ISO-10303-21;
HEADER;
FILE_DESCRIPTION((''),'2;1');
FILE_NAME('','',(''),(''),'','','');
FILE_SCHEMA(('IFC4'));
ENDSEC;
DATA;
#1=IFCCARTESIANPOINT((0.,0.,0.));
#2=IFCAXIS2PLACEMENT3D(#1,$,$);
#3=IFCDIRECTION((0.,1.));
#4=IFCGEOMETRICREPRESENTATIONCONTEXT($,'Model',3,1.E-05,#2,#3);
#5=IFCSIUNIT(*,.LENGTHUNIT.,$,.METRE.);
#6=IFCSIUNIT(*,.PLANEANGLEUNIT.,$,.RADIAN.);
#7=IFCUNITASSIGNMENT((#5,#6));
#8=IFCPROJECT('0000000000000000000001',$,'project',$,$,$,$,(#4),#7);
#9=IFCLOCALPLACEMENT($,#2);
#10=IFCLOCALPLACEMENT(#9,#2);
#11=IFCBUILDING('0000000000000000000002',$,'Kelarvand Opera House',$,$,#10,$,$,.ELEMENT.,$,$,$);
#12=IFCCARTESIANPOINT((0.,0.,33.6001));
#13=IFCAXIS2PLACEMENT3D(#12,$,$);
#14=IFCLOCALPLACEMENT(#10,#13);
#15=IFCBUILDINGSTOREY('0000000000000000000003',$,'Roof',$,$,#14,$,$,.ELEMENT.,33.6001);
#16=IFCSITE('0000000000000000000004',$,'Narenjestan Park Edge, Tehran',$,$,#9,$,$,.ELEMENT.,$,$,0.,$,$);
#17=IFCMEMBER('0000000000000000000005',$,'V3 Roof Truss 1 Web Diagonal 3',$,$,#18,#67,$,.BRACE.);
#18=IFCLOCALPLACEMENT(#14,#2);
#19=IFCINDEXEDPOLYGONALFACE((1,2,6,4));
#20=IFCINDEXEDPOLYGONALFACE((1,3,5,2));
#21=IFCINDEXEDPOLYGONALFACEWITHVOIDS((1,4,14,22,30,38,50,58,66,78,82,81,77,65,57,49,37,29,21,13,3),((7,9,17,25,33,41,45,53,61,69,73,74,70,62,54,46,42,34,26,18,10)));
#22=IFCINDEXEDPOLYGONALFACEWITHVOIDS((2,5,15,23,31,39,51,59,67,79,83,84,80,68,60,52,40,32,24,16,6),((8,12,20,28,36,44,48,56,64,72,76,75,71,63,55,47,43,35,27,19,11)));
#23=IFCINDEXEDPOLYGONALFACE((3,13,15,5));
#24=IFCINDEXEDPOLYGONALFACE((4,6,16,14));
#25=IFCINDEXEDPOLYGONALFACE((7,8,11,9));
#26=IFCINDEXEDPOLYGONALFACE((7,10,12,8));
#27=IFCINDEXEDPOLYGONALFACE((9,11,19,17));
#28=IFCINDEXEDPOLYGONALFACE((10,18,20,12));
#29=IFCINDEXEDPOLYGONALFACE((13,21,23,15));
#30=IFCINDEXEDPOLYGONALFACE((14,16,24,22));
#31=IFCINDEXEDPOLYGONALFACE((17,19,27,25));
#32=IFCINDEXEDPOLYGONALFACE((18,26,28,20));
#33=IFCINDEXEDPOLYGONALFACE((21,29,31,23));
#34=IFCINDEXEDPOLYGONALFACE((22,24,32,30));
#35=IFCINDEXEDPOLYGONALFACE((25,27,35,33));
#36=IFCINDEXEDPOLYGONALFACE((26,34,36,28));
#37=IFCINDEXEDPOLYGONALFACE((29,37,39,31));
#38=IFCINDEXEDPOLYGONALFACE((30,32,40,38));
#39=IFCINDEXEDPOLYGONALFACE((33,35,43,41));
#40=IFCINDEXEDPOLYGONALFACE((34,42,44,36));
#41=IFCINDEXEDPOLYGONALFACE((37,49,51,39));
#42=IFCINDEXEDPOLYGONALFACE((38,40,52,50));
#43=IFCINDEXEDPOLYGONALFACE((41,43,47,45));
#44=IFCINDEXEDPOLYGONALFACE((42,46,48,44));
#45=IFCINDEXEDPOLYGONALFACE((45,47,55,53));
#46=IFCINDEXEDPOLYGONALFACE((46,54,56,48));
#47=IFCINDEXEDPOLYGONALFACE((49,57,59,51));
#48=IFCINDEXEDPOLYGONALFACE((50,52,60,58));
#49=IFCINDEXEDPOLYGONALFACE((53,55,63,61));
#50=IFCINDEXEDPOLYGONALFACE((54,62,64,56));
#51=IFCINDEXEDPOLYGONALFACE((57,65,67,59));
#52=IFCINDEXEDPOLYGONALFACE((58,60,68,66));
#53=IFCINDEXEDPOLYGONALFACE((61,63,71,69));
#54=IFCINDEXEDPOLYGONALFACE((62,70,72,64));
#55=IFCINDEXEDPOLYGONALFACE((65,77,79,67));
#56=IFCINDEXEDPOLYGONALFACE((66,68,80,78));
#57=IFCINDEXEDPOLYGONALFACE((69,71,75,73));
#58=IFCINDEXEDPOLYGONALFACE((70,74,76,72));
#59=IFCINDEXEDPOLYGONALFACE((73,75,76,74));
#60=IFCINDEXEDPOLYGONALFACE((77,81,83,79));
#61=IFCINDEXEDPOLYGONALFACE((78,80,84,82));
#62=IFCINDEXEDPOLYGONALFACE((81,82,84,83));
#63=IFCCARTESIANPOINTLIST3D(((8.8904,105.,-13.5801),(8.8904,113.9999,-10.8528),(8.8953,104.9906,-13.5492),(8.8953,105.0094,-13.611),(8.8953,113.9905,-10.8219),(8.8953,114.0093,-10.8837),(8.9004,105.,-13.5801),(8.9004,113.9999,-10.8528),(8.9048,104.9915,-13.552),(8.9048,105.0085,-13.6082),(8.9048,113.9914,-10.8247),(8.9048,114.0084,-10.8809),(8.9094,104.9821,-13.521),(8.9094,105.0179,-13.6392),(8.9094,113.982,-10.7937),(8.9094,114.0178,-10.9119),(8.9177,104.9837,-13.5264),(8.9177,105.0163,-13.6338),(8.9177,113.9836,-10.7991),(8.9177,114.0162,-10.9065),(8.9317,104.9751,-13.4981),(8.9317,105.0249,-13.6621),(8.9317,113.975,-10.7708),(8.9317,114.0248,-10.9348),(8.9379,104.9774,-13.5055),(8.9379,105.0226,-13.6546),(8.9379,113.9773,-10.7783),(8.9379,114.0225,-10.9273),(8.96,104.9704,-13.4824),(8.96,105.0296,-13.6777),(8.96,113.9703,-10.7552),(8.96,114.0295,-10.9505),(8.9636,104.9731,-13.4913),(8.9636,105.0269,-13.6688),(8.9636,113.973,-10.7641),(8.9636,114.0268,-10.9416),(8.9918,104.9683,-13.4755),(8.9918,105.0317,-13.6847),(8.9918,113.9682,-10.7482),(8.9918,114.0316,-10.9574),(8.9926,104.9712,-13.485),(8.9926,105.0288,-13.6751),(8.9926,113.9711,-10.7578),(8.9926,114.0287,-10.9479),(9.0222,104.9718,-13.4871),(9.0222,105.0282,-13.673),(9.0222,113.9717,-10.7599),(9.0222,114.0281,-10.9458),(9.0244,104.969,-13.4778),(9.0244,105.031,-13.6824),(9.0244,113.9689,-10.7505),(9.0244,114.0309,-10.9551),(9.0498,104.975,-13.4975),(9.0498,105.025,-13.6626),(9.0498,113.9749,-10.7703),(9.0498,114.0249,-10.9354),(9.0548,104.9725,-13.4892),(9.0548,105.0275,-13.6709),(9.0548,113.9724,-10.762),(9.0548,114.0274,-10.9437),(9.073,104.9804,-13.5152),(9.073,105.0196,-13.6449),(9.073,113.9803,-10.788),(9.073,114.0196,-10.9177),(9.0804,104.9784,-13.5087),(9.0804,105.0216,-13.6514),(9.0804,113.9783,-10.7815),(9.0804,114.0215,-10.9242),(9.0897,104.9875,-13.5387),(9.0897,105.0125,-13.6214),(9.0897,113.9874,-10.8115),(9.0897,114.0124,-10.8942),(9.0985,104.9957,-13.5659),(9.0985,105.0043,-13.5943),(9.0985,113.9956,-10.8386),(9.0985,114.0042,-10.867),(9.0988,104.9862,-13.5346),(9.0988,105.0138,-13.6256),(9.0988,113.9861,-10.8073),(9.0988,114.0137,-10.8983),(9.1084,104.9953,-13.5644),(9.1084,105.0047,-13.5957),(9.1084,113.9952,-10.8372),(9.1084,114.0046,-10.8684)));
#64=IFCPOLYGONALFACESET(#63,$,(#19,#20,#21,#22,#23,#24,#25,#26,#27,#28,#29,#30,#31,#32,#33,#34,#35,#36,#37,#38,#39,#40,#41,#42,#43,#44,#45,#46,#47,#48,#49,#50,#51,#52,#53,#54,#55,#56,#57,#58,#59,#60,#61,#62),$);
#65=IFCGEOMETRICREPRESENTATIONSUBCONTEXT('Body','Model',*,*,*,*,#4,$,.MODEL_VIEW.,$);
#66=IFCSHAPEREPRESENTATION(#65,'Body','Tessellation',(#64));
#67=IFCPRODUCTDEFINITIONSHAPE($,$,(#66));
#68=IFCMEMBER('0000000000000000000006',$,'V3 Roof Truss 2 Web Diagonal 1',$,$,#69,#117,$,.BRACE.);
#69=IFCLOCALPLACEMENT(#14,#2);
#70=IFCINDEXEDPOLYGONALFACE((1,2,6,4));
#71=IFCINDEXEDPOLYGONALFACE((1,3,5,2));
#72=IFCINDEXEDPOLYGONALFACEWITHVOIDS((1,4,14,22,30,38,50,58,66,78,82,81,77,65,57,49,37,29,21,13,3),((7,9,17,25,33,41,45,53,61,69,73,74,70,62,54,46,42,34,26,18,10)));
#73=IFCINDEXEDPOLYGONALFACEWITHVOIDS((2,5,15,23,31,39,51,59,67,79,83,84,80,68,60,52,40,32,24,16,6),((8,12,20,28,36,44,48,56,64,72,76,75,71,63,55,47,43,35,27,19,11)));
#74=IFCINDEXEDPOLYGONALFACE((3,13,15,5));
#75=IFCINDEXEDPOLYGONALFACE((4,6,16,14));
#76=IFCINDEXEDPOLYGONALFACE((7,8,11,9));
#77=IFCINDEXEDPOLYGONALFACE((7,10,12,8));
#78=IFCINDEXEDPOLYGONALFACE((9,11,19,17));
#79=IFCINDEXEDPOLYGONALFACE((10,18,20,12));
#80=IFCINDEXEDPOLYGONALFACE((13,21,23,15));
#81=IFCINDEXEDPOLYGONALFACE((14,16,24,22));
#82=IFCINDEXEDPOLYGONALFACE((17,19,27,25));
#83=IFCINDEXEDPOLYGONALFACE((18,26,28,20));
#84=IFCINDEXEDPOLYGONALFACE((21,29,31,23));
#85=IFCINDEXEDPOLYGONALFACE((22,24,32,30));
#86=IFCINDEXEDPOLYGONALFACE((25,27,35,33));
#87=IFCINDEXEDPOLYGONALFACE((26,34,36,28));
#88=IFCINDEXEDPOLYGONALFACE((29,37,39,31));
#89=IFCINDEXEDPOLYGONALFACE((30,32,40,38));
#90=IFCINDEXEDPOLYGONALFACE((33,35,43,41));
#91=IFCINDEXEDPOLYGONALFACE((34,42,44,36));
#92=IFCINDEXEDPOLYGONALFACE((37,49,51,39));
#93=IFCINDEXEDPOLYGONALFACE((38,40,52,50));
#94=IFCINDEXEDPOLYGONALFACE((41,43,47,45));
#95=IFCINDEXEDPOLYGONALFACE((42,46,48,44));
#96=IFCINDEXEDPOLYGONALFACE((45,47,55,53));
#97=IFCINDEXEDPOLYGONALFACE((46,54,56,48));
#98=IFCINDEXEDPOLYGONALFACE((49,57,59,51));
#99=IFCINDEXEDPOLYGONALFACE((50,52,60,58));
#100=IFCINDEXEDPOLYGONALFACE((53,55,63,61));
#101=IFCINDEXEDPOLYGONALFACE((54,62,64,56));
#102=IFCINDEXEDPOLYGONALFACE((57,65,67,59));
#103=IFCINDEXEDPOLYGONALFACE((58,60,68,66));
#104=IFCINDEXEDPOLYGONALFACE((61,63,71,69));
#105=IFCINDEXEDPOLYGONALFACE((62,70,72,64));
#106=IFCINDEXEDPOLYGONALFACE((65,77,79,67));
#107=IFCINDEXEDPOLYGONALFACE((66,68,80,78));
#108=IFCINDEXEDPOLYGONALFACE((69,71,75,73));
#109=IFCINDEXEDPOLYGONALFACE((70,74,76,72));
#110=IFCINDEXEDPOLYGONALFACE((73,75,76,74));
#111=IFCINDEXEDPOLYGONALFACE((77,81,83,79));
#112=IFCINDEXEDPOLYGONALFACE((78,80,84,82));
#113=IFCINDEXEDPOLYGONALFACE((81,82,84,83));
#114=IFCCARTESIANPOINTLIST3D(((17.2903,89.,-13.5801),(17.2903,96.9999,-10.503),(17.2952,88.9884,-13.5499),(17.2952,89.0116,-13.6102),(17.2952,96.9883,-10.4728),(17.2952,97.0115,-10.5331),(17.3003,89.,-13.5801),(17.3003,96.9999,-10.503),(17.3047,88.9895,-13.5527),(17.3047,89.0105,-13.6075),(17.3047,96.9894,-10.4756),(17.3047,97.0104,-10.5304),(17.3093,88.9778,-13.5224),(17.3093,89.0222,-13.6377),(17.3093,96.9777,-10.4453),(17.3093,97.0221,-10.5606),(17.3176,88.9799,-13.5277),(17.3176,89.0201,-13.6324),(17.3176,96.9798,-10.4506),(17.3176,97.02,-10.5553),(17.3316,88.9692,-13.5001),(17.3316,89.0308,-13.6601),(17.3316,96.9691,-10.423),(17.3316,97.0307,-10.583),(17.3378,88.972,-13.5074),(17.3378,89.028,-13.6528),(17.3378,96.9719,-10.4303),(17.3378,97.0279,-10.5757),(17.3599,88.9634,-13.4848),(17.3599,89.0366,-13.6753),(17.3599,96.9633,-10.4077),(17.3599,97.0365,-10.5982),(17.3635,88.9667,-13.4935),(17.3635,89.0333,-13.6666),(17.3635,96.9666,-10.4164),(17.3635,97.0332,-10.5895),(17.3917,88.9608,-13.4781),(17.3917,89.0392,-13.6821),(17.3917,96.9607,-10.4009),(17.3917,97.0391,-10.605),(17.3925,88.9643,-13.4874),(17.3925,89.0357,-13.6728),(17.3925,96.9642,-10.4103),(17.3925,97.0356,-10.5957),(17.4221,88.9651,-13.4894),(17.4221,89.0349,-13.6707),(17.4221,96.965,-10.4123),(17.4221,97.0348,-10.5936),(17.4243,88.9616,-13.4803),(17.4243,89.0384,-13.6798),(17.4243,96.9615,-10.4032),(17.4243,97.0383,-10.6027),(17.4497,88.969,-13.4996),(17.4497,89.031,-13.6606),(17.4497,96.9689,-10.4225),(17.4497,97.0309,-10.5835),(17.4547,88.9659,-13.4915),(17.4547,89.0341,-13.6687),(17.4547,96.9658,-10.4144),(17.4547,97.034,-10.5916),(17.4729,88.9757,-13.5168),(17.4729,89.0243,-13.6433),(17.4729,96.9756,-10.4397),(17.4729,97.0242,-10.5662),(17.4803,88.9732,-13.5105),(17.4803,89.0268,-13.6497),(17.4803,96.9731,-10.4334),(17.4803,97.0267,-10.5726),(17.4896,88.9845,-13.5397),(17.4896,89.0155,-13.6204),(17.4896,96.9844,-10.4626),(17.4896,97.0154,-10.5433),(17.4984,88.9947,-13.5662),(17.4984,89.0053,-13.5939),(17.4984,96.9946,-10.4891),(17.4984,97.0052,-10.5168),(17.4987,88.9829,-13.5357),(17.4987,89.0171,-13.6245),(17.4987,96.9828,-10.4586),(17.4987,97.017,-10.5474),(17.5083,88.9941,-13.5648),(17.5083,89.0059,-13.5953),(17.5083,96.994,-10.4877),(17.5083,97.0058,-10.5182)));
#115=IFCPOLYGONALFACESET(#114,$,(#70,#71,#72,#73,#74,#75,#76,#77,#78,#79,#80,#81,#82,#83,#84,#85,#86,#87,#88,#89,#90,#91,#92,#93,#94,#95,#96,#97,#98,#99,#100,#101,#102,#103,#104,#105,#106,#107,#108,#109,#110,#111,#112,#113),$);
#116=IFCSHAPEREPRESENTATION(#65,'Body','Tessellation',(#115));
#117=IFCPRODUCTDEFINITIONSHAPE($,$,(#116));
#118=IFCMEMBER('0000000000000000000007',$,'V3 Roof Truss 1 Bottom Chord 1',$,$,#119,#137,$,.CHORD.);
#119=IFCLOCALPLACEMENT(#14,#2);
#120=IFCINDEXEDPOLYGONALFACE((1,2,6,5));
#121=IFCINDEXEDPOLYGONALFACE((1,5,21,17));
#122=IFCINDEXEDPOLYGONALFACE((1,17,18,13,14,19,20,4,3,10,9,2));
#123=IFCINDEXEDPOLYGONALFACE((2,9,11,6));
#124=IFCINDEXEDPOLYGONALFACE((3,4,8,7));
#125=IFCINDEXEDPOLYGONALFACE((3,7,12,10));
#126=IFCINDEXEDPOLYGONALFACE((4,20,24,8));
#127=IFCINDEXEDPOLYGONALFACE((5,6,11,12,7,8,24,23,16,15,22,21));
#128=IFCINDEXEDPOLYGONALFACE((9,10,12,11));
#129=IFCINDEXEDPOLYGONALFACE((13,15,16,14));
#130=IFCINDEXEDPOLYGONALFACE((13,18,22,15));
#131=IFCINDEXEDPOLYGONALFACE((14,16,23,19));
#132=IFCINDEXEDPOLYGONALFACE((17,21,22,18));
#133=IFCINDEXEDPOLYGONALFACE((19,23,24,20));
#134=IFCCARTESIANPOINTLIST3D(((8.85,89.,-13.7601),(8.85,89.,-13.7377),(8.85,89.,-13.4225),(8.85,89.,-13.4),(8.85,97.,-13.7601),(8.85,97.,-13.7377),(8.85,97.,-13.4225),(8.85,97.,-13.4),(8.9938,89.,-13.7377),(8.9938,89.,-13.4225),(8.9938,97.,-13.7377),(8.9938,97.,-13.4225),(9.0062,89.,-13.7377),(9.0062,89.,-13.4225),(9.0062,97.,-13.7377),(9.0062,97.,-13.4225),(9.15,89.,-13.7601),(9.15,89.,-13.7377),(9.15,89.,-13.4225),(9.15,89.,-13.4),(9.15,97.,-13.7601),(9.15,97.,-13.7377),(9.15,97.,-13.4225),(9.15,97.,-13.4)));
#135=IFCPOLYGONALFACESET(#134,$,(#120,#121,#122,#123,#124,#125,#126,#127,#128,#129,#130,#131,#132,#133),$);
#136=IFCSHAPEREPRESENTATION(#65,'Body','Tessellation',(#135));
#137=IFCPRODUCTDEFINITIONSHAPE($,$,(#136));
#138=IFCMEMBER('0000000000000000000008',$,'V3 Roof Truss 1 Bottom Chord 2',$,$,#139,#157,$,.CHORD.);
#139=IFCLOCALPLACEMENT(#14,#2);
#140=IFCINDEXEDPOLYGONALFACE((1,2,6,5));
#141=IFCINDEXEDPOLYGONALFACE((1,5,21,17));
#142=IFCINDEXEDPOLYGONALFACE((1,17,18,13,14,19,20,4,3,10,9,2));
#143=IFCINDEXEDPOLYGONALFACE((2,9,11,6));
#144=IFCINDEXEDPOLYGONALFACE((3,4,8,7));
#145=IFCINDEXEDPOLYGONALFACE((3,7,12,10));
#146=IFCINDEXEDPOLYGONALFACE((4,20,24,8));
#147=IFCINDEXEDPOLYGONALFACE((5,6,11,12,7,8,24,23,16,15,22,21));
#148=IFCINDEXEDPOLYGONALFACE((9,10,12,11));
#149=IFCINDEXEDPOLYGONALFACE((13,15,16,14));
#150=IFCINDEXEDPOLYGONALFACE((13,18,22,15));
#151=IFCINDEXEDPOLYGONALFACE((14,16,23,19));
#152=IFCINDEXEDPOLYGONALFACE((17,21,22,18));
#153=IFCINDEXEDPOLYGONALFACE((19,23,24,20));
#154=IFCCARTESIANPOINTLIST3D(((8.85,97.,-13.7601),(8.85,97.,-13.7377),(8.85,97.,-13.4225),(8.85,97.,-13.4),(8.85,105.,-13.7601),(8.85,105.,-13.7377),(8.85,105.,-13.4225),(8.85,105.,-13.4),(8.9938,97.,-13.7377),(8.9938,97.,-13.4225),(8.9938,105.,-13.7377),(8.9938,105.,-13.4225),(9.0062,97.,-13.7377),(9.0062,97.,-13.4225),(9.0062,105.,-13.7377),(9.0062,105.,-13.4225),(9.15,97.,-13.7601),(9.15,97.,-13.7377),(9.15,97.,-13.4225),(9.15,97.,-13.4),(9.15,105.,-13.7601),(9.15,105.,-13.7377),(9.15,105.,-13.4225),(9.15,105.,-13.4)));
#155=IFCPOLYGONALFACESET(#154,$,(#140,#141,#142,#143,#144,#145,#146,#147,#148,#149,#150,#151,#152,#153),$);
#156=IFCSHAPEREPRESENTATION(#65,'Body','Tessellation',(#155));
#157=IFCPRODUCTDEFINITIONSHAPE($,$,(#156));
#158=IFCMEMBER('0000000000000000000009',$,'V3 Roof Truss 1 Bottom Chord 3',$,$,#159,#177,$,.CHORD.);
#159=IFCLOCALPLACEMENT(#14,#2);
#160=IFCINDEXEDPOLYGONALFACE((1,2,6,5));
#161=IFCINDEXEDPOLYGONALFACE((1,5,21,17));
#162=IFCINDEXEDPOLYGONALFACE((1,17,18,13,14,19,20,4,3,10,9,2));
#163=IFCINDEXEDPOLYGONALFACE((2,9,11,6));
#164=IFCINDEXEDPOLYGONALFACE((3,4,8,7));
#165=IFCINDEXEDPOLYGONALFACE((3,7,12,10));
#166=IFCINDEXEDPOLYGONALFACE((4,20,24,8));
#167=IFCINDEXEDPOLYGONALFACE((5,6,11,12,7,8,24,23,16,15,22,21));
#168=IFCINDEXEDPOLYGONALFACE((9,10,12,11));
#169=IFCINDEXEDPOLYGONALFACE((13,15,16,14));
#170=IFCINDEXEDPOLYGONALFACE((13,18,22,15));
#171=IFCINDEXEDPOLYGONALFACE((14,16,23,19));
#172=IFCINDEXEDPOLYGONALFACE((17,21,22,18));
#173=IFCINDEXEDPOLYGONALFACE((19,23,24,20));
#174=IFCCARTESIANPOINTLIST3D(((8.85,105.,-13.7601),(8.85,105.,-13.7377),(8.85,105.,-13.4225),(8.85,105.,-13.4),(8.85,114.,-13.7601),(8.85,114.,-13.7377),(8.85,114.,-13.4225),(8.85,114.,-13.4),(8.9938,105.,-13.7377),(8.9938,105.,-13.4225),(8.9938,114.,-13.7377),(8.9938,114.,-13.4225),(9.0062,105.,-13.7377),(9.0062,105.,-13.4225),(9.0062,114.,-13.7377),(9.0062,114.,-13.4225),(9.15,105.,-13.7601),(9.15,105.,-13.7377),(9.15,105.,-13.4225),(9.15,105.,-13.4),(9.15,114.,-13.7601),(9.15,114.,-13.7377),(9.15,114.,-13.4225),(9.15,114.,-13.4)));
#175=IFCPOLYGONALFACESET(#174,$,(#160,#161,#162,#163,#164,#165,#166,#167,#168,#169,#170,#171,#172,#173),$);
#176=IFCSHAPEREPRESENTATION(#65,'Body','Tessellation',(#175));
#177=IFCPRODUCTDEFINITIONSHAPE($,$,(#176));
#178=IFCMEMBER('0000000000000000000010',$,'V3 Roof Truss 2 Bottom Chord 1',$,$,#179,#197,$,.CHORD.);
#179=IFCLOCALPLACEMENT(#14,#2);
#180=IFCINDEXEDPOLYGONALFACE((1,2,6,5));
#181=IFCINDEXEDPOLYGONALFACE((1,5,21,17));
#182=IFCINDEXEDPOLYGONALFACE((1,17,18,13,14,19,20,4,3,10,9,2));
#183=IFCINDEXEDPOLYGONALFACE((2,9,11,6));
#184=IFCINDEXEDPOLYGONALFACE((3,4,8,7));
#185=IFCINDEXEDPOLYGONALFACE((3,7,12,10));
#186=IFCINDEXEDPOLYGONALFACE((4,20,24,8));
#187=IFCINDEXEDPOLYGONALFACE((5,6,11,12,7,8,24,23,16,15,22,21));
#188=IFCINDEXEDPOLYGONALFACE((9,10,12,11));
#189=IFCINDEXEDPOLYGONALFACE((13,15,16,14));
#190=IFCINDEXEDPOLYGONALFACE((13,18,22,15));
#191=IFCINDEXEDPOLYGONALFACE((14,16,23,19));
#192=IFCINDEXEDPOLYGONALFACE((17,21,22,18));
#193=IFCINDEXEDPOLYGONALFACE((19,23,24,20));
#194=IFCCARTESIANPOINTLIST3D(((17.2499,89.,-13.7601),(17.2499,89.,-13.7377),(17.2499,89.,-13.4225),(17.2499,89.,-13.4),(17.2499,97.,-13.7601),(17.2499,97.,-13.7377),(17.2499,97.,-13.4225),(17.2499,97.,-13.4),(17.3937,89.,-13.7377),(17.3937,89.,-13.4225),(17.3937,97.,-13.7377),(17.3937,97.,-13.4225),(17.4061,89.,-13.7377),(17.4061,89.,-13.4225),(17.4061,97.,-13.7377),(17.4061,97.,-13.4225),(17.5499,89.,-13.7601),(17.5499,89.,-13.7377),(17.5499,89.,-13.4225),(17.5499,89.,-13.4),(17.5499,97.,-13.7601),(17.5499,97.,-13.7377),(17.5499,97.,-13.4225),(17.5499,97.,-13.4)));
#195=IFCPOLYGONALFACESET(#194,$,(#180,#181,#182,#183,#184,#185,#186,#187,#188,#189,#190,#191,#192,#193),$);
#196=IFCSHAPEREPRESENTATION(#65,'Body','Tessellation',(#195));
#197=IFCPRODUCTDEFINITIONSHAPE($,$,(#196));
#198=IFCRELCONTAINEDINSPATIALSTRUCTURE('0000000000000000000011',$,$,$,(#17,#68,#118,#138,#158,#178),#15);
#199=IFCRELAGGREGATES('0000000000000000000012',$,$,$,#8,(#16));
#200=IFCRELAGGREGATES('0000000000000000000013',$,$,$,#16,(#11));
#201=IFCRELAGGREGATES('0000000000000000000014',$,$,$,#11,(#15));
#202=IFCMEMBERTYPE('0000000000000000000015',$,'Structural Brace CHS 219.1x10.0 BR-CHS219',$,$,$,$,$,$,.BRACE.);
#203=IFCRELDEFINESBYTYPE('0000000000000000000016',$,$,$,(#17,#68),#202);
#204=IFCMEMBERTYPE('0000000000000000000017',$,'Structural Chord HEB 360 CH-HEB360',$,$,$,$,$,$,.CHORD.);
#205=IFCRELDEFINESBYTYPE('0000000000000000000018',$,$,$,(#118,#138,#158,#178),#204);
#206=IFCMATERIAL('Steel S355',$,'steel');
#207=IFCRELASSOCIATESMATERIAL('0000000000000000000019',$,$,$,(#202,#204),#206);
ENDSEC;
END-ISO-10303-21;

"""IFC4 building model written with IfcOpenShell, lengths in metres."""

from ifc_helpers import new_model, si_unit, direction, frame, origin, origin_2d, place, context, subcontext, project, spatial, hollow_circle, i_section, extrude, material, material_profile, profile_set, type_object, element, save


model = new_model("IFC4")

# Units and contexts
model_context = context("Model", 3, precision=1e-05, world=origin(), true_north=direction((0.0, 1.0)))
body_context = subcontext(model_context, "Body", "Model", "MODEL_VIEW")
ifc_project = project(units=[si_unit("LENGTHUNIT", "METRE"), si_unit("PLANEANGLEUNIT", "RADIAN")], contexts=[model_context])

# Site, building, storey
site_placement = place(None, origin())
site = spatial("IfcSite", under=ifc_project, at=site_placement, Name="Narenjestan Park Edge, Tehran", CompositionType="ELEMENT", RefElevation=0.0)
building_placement = place(site_placement, origin())
building = spatial("IfcBuilding", under=site, at=building_placement, Name="Kelarvand Opera House", CompositionType="ELEMENT")
storey_placement = place(building_placement, frame((0.0, 0.0, 33.6001)))
storey = spatial("IfcBuildingStorey", under=building, at=storey_placement, Name="Roof", CompositionType="ELEMENT", Elevation=33.6001)

# Members
ifc_material_1 = material(Name="Steel S355", Category="steel")
ifc_material_profile_1 = material_profile(ifc_material_1, hollow_circle(Radius=0.1096, WallThickness=0.01, at=origin_2d()), Name="CHS 219.1x10.0", Category="steel")
ifc_profile_set_1 = profile_set([ifc_material_profile_1], Name="Steel S355")
member_type_1 = type_object("IfcMemberType", Name="Structural Brace CHS 219.1x10.0 BR-CHS219", PredefinedType="BRACE", material=ifc_profile_set_1)
member_1_placement = place(storey_placement, frame((9.0, 105.0, -13.5801), z_axis=(0.0, 0.957024, 0.29001), x_axis=(-1.0, 0.0, 0.0)))
element("IfcMember", 1, at=member_1_placement, inside=storey, type_object=member_type_1, Name="V3 Roof Truss 1 Web Diagonal 3", PredefinedType="BRACE", context=body_context, shape_type="SweptSolid", body=[
    extrude(hollow_circle(Radius=0.1096, WallThickness=0.01, at=origin_2d()), origin(), (0.0, 0.0, 1.0), 9.4041),
])
member_2_placement = place(storey_placement, frame((17.3999, 89.0, -13.5801), z_axis=(0.0, 0.933337, 0.359002), x_axis=(-1.0, 0.0, 0.0)))
element("IfcMember", 2, at=member_2_placement, inside=storey, type_object=member_type_1, Name="V3 Roof Truss 2 Web Diagonal 1", PredefinedType="BRACE", context=body_context, shape_type="SweptSolid", body=[
    extrude(hollow_circle(Radius=0.1096, WallThickness=0.01, at=origin_2d()), origin(), (0.0, 0.0, 1.0), 8.5713),
])
ifc_material_profile_2 = material_profile(ifc_material_1, i_section(OverallWidth=0.3, OverallDepth=0.3601, WebThickness=0.0125, FlangeThickness=0.0225, at=origin_2d()), Name="HEB 360", Category="steel")
ifc_profile_set_2 = profile_set([ifc_material_profile_2], Name="Steel S355")
member_type_2 = type_object("IfcMemberType", Name="Structural Chord HEB 360 CH-HEB360", PredefinedType="CHORD", material=ifc_profile_set_2)
for number, where, z_axis, x_axis, name in (
    (3, (9.0, 89.0, -13.5801), (0.0, 1.0, 0.0), (-1.0, 0.0, 0.0), "V3 Roof Truss 1 Bottom Chord 1"),
    (4, (9.0, 97.0, -13.5801), (0.0, 1.0, 0.0), (-1.0, 0.0, 0.0), "V3 Roof Truss 1 Bottom Chord 2"),
):
    element("IfcMember", number, at=place(storey_placement, frame(where, z_axis=z_axis, x_axis=x_axis)), inside=storey, type_object=member_type_2, Name=name, PredefinedType="CHORD", context=body_context, shape_type="SweptSolid", body=[
        extrude(i_section(OverallWidth=0.3, OverallDepth=0.3601, WebThickness=0.0125, FlangeThickness=0.0225, at=origin_2d()), origin(), (0.0, 0.0, 1.0), 8.0),
    ])
member_3_placement = place(storey_placement, frame((9.0, 105.0, -13.5801), z_axis=(0.0, 1.0, 0.0), x_axis=(-1.0, 0.0, 0.0)))
element("IfcMember", 5, at=member_3_placement, inside=storey, type_object=member_type_2, Name="V3 Roof Truss 1 Bottom Chord 3", PredefinedType="CHORD", context=body_context, shape_type="SweptSolid", body=[
    extrude(i_section(OverallWidth=0.3, OverallDepth=0.3601, WebThickness=0.0125, FlangeThickness=0.0225, at=origin_2d()), origin(), (0.0, 0.0, 1.0), 9.0),
])
for number, where, z_axis, x_axis, name in (
    (6, (17.3999, 89.0, -13.5801), (0.0, 1.0, 0.0), (-1.0, 0.0, 0.0), "V3 Roof Truss 2 Bottom Chord 1"),
):
    element("IfcMember", number, at=place(storey_placement, frame(where, z_axis=z_axis, x_axis=x_axis)), inside=storey, type_object=member_type_2, Name=name, PredefinedType="CHORD", context=body_context, shape_type="SweptSolid", body=[
        extrude(i_section(OverallWidth=0.3, OverallDepth=0.3601, WebThickness=0.0125, FlangeThickness=0.0225, at=origin_2d()), origin(), (0.0, 0.0, 1.0), 8.0),
    ])

save(model, "model.ifc")
